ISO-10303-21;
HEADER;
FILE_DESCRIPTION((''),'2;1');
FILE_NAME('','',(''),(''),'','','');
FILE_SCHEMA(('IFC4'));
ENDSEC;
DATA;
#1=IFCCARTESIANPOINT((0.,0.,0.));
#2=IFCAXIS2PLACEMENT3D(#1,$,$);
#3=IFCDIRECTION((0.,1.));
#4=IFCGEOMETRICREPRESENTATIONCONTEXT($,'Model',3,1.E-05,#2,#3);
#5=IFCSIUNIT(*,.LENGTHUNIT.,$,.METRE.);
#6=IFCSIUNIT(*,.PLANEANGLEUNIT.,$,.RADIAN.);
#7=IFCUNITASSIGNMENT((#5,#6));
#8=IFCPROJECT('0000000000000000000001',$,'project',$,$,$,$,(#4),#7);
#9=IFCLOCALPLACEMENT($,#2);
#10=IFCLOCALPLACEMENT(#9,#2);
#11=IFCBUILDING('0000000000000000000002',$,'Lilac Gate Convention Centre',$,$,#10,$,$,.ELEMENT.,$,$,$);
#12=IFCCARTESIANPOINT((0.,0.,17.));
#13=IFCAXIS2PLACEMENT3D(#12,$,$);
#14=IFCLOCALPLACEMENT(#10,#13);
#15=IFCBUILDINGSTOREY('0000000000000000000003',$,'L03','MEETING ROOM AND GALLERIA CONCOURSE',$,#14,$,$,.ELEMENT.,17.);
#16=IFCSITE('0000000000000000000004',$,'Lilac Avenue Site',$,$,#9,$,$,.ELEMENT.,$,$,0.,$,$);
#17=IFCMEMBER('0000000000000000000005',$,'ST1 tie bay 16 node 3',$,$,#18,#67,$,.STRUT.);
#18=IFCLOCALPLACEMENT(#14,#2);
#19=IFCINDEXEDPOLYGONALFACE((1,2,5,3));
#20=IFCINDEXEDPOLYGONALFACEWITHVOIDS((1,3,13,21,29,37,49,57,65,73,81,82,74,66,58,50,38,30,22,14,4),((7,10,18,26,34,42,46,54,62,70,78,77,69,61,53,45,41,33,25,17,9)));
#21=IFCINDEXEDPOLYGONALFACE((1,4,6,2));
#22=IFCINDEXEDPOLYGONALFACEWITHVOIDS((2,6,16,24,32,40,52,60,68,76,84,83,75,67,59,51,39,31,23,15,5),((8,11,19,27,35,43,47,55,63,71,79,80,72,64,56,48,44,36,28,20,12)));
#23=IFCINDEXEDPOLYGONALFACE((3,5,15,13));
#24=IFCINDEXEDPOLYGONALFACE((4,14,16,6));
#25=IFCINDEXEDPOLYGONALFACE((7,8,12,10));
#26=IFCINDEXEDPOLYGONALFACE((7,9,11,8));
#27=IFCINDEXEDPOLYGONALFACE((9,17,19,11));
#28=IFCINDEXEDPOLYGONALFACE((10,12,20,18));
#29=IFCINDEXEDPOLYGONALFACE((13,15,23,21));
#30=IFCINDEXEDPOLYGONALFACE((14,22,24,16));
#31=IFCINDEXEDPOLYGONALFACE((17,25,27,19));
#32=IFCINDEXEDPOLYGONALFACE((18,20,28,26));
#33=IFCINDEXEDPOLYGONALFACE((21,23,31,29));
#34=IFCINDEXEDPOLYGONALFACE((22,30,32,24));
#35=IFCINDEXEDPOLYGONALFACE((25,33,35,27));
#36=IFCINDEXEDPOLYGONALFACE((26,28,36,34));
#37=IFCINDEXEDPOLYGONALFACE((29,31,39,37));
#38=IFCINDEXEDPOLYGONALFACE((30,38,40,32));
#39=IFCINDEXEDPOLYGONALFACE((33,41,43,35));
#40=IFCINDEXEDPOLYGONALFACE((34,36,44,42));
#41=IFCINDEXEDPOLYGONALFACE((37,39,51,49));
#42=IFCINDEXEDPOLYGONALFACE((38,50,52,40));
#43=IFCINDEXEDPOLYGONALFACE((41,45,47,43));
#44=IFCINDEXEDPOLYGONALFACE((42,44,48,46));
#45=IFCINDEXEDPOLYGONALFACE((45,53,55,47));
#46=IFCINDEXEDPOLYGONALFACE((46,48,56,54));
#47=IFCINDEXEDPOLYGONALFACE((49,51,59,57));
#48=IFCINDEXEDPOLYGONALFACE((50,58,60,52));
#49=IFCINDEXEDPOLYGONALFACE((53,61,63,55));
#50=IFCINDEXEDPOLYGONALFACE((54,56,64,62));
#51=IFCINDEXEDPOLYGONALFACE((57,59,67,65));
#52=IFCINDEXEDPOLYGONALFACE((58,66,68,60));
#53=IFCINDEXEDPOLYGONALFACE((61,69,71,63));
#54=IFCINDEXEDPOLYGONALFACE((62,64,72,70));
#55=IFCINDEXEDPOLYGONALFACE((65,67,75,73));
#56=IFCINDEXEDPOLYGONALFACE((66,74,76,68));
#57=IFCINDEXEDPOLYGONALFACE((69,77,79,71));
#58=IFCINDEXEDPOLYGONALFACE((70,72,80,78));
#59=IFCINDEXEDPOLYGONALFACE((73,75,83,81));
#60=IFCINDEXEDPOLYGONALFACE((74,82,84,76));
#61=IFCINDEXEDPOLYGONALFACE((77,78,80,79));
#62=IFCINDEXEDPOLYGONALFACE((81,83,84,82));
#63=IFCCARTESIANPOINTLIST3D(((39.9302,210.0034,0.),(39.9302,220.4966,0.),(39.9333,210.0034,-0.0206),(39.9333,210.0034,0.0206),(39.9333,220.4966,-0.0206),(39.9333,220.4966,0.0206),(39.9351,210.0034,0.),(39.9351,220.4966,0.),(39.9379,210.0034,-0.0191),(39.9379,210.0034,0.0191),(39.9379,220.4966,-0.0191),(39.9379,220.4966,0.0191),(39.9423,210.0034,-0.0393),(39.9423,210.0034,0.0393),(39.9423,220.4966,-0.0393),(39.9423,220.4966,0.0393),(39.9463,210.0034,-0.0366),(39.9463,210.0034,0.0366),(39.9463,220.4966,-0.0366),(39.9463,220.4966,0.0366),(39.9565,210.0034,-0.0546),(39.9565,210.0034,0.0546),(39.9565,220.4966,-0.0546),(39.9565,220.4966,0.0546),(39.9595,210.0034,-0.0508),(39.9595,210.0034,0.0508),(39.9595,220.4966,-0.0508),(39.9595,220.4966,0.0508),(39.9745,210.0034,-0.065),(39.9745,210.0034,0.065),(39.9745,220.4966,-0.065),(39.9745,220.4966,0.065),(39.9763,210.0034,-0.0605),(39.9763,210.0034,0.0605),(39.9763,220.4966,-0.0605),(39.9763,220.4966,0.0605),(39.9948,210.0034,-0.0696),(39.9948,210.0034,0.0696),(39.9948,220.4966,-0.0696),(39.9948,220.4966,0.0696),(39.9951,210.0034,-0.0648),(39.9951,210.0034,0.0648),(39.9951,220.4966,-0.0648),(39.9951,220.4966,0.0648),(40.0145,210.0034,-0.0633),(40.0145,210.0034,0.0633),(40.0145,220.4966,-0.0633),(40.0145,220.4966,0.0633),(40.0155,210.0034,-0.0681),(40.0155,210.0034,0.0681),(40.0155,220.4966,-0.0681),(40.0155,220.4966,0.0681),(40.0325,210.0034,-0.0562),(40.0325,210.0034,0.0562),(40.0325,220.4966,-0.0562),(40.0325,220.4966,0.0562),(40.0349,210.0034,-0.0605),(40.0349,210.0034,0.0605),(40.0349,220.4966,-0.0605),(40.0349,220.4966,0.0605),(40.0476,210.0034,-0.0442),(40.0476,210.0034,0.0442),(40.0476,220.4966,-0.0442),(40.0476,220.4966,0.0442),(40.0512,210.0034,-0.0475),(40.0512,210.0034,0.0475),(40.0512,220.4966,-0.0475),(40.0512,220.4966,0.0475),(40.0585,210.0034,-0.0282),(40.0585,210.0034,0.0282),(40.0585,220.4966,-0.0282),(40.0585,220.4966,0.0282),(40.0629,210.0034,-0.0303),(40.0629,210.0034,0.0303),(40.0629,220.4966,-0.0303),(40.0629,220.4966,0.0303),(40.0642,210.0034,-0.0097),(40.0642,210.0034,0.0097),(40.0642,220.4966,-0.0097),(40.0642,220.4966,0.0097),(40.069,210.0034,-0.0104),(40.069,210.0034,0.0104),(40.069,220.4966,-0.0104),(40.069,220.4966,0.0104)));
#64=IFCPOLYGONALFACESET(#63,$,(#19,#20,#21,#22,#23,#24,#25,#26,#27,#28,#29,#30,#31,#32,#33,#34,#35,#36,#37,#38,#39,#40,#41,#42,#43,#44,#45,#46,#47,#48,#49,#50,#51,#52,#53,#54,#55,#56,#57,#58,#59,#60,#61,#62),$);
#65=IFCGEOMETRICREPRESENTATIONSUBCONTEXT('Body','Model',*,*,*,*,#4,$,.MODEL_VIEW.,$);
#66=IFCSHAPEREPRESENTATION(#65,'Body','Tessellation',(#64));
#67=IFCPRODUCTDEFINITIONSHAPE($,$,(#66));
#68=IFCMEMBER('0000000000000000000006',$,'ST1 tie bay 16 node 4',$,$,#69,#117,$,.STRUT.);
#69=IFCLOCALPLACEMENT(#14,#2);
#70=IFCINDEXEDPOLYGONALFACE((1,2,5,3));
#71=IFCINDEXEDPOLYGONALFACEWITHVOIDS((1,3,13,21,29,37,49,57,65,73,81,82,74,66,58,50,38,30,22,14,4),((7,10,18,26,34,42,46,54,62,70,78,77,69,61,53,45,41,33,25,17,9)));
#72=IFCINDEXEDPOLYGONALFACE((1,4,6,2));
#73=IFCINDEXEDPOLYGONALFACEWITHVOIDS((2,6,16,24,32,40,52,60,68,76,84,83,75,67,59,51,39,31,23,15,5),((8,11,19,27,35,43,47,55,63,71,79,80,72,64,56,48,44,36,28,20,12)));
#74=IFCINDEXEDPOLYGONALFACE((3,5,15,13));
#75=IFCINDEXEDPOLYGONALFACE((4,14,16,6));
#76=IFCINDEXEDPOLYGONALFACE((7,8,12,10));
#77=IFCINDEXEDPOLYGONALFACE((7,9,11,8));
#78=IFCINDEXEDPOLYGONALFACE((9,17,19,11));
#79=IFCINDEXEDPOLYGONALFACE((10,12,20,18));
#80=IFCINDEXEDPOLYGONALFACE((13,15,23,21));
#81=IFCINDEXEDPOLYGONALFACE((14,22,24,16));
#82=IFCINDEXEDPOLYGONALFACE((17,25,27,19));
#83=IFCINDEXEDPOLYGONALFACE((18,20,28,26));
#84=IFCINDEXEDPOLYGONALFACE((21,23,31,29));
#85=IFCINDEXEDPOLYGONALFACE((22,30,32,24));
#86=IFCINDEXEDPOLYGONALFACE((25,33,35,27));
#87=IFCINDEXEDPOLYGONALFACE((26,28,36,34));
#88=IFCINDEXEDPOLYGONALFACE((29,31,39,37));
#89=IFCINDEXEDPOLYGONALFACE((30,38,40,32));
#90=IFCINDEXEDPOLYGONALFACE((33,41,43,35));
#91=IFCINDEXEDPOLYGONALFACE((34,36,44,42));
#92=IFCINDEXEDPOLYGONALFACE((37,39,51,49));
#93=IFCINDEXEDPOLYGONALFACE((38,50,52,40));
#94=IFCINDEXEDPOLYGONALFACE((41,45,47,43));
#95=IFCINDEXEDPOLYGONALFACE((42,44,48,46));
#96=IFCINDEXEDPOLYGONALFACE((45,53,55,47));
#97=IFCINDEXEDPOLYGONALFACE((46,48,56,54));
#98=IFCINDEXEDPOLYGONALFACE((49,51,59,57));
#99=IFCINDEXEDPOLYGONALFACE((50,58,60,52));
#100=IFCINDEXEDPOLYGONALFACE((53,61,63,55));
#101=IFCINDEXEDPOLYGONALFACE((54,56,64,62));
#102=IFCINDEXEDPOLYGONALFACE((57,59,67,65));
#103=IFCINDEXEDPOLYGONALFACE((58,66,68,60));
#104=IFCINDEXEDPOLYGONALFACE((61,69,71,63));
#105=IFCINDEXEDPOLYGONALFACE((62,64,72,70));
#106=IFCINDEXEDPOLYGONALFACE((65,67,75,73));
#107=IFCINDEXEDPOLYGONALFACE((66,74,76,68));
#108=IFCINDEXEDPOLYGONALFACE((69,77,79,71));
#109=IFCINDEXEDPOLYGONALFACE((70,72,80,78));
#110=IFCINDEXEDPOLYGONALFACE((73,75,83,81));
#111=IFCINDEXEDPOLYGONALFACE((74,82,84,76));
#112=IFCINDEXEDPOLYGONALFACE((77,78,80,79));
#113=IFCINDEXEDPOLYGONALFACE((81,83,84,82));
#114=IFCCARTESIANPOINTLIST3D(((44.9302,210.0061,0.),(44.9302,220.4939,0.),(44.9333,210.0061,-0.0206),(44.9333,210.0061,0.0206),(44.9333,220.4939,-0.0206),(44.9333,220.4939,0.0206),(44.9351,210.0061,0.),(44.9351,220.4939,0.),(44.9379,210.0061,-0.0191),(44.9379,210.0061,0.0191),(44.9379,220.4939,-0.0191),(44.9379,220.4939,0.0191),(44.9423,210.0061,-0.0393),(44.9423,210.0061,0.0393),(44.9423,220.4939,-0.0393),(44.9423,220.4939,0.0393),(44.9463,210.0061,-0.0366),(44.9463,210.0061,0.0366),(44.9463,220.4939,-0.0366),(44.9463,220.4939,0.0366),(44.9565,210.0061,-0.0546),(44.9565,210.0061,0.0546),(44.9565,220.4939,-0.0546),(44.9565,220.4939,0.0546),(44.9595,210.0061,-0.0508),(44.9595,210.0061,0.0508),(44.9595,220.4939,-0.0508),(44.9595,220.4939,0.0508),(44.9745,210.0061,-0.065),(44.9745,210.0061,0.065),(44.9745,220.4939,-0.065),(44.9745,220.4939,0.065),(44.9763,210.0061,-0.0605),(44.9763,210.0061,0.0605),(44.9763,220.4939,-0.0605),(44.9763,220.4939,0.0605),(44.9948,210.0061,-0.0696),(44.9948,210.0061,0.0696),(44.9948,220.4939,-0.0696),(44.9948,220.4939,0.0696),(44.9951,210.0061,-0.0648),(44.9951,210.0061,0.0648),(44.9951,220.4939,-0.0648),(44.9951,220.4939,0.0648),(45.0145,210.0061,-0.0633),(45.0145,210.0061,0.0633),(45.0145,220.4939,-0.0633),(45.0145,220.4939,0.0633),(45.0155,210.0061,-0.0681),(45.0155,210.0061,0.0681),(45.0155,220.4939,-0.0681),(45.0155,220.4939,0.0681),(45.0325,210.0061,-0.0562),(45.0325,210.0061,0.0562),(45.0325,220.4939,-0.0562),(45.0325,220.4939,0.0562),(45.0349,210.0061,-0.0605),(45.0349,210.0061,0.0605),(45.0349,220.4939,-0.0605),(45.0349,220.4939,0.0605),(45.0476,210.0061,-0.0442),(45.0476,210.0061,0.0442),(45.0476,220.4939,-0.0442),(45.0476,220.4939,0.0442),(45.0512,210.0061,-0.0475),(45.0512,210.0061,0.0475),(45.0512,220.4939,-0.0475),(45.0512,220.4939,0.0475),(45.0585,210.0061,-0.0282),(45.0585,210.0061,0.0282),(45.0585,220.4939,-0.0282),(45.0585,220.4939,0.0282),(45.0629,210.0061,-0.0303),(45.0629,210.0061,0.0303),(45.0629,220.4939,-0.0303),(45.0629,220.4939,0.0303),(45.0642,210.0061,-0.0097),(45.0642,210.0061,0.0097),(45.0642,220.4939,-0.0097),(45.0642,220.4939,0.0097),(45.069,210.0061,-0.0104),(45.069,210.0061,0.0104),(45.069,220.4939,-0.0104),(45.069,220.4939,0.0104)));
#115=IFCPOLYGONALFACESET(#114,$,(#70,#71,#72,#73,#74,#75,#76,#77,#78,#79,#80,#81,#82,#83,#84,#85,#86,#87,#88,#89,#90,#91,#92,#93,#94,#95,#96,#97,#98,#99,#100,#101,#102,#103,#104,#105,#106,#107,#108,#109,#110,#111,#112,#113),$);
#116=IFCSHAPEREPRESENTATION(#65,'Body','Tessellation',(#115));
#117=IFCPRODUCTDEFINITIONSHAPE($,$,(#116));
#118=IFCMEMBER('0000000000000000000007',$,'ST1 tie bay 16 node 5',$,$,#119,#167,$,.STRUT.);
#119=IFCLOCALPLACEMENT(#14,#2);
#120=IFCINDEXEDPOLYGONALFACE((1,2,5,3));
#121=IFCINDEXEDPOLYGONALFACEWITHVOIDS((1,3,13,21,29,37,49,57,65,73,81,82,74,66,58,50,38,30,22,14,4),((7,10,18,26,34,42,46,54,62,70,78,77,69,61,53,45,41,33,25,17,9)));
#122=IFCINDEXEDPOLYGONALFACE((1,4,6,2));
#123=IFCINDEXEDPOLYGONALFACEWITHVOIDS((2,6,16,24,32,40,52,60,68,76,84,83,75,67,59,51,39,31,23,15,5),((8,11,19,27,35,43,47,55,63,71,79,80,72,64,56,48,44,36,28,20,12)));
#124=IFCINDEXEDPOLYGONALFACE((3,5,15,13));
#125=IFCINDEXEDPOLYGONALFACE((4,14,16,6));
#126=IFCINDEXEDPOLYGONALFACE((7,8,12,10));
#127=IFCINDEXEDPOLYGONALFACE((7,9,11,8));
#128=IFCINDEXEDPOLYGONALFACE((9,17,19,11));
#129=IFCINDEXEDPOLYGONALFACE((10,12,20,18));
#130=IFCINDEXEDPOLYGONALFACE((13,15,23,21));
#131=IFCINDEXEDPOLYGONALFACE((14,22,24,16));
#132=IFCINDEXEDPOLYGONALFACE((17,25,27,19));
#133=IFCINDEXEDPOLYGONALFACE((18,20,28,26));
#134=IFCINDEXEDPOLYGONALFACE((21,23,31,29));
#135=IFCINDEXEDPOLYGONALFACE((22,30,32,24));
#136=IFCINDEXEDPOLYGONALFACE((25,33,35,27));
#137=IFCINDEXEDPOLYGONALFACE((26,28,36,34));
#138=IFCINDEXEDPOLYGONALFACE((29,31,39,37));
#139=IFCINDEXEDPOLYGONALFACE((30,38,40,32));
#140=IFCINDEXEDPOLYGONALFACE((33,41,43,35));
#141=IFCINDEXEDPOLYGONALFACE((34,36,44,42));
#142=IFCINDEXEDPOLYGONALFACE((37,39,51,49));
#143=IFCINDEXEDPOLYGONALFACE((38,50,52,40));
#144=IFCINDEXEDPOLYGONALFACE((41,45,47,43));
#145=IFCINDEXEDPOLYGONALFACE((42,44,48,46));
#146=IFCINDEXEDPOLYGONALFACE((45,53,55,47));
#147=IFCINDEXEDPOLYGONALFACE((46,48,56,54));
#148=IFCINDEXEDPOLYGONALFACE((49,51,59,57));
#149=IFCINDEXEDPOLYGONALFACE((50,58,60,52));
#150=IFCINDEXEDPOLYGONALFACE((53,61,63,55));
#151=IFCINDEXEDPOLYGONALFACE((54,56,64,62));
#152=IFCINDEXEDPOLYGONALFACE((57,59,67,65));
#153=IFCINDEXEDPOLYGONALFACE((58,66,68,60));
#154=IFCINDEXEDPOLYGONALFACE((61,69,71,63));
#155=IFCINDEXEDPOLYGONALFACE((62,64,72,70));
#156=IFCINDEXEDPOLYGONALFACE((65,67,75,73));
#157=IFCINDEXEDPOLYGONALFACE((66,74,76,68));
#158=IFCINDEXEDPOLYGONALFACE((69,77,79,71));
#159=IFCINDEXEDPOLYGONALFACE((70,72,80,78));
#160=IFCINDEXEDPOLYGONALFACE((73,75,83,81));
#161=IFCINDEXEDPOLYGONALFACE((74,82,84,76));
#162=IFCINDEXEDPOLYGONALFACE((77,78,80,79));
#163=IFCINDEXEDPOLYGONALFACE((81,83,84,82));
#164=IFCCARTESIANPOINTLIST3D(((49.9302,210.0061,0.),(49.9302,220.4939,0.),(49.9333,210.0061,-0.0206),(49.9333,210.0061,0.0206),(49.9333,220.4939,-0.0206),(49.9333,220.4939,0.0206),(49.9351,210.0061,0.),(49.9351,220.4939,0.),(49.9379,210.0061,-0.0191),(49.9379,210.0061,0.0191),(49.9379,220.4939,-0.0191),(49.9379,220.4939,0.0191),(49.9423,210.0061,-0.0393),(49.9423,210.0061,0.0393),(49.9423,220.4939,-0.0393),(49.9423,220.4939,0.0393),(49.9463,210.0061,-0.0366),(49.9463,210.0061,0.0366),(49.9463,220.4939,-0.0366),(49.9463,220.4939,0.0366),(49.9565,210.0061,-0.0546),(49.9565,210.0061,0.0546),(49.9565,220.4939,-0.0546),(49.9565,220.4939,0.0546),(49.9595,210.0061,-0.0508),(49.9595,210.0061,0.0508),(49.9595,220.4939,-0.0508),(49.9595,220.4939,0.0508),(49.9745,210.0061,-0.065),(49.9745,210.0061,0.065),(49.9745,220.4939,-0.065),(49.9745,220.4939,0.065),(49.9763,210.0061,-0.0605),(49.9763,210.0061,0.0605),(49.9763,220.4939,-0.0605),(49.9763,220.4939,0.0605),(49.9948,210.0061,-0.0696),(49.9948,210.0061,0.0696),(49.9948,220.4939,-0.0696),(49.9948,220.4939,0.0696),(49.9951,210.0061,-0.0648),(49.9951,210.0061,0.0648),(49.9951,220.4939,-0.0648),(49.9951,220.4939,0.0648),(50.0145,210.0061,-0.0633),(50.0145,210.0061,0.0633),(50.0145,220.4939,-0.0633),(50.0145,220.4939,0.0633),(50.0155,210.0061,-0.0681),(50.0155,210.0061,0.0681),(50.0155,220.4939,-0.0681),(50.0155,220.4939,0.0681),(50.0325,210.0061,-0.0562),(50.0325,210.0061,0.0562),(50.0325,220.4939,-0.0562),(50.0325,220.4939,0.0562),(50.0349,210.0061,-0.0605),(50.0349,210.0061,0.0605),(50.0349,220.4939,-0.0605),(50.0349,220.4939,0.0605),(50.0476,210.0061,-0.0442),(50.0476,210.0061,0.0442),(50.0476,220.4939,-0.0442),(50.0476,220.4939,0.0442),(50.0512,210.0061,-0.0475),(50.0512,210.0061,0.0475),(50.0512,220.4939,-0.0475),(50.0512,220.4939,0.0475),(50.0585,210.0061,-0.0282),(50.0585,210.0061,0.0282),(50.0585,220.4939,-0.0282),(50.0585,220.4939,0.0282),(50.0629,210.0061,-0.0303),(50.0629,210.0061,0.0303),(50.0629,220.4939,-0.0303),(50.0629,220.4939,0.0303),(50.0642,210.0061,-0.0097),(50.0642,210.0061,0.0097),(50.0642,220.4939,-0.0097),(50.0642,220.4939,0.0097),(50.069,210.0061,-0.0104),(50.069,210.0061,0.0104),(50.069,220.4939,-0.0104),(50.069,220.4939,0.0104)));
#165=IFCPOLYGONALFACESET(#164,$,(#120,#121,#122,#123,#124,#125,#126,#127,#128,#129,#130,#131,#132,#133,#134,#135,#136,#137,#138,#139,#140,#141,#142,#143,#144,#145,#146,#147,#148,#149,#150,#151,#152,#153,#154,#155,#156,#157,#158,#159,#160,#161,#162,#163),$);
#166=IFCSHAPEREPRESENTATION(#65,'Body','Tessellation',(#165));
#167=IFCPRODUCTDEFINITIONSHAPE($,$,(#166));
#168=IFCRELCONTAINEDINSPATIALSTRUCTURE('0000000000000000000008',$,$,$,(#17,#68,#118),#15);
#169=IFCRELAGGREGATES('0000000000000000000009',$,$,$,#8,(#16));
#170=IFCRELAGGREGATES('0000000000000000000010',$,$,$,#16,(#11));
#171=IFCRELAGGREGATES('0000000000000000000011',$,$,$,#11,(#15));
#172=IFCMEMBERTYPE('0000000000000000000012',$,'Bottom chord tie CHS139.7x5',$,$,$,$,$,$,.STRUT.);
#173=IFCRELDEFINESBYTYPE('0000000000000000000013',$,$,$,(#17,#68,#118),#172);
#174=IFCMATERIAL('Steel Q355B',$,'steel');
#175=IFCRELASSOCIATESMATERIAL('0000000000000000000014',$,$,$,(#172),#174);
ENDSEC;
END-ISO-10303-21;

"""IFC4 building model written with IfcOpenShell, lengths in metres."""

from ifc_helpers import new_model, si_unit, direction, frame, origin, origin_2d, place, context, subcontext, project, spatial, hollow_circle, extrude, material, material_profile, profile_set, type_object, element, save


model = new_model("IFC4")

# Units and contexts
model_context = context("Model", 3, precision=1e-05, world=origin(), true_north=direction((0.0, 1.0)))
body_context = subcontext(model_context, "Body", "Model", "MODEL_VIEW")
ifc_project = project(units=[si_unit("LENGTHUNIT", "METRE"), si_unit("PLANEANGLEUNIT", "RADIAN")], contexts=[model_context])

# Site, building, storey
site_placement = place(None, origin())
site = spatial("IfcSite", under=ifc_project, at=site_placement, Name="Lilac Avenue Site", CompositionType="ELEMENT", RefElevation=0.0)
building_placement = place(site_placement, origin())
building = spatial("IfcBuilding", under=site, at=building_placement, Name="Lilac Gate Convention Centre", CompositionType="ELEMENT")
storey_placement = place(building_placement, frame((0.0, 0.0, 17.0)))
storey = spatial("IfcBuildingStorey", under=building, at=storey_placement, Name="L03", Description="MEETING ROOM AND GALLERIA CONCOURSE", CompositionType="ELEMENT", Elevation=17.0)

# Members
ifc_material = material(Name="Steel Q355B", Category="steel")
ifc_material_profile_1 = material_profile(ifc_material, hollow_circle(Radius=0.0698, WallThickness=0.0049, at=origin_2d()), Name="CHS139.7x5")
ifc_profile_set_1 = profile_set([ifc_material_profile_1], Name="Steel Q355B")
member_type_1 = type_object("IfcMemberType", Name="Bottom chord tie CHS139.7x5", PredefinedType="STRUT", material=ifc_profile_set_1)
member_1_placement = place(storey_placement, frame((40.0, 210.0034, 0.0), z_axis=(0.0, 1.0, 0.0), x_axis=(-1.0, 0.0, 0.0)))
element("IfcMember", 1, at=member_1_placement, inside=storey, type_object=member_type_1, Name="ST1 tie bay 16 node 3", PredefinedType="STRUT", context=body_context, shape_type="SweptSolid", body=[
    extrude(hollow_circle(Radius=0.0698, WallThickness=0.0049, at=origin_2d()), origin(), (0.0, 0.0, 1.0), 10.4932),
])
for number, where, z_axis, x_axis, name in (
    (2, (45.0, 210.0061, 0.0), (0.0, 1.0, 0.0), (-1.0, 0.0, 0.0), "ST1 tie bay 16 node 4"),
    (3, (50.0, 210.0061, 0.0), (0.0, 1.0, 0.0), (-1.0, 0.0, 0.0), "ST1 tie bay 16 node 5"),
):
    element("IfcMember", number, at=place(storey_placement, frame(where, z_axis=z_axis, x_axis=x_axis)), inside=storey, type_object=member_type_1, Name=name, PredefinedType="STRUT", context=body_context, shape_type="SweptSolid", body=[
        extrude(hollow_circle(Radius=0.0698, WallThickness=0.0049, at=origin_2d()), origin(), (0.0, 0.0, 1.0), 10.4878),
    ])

save(model, "model.ifc")
